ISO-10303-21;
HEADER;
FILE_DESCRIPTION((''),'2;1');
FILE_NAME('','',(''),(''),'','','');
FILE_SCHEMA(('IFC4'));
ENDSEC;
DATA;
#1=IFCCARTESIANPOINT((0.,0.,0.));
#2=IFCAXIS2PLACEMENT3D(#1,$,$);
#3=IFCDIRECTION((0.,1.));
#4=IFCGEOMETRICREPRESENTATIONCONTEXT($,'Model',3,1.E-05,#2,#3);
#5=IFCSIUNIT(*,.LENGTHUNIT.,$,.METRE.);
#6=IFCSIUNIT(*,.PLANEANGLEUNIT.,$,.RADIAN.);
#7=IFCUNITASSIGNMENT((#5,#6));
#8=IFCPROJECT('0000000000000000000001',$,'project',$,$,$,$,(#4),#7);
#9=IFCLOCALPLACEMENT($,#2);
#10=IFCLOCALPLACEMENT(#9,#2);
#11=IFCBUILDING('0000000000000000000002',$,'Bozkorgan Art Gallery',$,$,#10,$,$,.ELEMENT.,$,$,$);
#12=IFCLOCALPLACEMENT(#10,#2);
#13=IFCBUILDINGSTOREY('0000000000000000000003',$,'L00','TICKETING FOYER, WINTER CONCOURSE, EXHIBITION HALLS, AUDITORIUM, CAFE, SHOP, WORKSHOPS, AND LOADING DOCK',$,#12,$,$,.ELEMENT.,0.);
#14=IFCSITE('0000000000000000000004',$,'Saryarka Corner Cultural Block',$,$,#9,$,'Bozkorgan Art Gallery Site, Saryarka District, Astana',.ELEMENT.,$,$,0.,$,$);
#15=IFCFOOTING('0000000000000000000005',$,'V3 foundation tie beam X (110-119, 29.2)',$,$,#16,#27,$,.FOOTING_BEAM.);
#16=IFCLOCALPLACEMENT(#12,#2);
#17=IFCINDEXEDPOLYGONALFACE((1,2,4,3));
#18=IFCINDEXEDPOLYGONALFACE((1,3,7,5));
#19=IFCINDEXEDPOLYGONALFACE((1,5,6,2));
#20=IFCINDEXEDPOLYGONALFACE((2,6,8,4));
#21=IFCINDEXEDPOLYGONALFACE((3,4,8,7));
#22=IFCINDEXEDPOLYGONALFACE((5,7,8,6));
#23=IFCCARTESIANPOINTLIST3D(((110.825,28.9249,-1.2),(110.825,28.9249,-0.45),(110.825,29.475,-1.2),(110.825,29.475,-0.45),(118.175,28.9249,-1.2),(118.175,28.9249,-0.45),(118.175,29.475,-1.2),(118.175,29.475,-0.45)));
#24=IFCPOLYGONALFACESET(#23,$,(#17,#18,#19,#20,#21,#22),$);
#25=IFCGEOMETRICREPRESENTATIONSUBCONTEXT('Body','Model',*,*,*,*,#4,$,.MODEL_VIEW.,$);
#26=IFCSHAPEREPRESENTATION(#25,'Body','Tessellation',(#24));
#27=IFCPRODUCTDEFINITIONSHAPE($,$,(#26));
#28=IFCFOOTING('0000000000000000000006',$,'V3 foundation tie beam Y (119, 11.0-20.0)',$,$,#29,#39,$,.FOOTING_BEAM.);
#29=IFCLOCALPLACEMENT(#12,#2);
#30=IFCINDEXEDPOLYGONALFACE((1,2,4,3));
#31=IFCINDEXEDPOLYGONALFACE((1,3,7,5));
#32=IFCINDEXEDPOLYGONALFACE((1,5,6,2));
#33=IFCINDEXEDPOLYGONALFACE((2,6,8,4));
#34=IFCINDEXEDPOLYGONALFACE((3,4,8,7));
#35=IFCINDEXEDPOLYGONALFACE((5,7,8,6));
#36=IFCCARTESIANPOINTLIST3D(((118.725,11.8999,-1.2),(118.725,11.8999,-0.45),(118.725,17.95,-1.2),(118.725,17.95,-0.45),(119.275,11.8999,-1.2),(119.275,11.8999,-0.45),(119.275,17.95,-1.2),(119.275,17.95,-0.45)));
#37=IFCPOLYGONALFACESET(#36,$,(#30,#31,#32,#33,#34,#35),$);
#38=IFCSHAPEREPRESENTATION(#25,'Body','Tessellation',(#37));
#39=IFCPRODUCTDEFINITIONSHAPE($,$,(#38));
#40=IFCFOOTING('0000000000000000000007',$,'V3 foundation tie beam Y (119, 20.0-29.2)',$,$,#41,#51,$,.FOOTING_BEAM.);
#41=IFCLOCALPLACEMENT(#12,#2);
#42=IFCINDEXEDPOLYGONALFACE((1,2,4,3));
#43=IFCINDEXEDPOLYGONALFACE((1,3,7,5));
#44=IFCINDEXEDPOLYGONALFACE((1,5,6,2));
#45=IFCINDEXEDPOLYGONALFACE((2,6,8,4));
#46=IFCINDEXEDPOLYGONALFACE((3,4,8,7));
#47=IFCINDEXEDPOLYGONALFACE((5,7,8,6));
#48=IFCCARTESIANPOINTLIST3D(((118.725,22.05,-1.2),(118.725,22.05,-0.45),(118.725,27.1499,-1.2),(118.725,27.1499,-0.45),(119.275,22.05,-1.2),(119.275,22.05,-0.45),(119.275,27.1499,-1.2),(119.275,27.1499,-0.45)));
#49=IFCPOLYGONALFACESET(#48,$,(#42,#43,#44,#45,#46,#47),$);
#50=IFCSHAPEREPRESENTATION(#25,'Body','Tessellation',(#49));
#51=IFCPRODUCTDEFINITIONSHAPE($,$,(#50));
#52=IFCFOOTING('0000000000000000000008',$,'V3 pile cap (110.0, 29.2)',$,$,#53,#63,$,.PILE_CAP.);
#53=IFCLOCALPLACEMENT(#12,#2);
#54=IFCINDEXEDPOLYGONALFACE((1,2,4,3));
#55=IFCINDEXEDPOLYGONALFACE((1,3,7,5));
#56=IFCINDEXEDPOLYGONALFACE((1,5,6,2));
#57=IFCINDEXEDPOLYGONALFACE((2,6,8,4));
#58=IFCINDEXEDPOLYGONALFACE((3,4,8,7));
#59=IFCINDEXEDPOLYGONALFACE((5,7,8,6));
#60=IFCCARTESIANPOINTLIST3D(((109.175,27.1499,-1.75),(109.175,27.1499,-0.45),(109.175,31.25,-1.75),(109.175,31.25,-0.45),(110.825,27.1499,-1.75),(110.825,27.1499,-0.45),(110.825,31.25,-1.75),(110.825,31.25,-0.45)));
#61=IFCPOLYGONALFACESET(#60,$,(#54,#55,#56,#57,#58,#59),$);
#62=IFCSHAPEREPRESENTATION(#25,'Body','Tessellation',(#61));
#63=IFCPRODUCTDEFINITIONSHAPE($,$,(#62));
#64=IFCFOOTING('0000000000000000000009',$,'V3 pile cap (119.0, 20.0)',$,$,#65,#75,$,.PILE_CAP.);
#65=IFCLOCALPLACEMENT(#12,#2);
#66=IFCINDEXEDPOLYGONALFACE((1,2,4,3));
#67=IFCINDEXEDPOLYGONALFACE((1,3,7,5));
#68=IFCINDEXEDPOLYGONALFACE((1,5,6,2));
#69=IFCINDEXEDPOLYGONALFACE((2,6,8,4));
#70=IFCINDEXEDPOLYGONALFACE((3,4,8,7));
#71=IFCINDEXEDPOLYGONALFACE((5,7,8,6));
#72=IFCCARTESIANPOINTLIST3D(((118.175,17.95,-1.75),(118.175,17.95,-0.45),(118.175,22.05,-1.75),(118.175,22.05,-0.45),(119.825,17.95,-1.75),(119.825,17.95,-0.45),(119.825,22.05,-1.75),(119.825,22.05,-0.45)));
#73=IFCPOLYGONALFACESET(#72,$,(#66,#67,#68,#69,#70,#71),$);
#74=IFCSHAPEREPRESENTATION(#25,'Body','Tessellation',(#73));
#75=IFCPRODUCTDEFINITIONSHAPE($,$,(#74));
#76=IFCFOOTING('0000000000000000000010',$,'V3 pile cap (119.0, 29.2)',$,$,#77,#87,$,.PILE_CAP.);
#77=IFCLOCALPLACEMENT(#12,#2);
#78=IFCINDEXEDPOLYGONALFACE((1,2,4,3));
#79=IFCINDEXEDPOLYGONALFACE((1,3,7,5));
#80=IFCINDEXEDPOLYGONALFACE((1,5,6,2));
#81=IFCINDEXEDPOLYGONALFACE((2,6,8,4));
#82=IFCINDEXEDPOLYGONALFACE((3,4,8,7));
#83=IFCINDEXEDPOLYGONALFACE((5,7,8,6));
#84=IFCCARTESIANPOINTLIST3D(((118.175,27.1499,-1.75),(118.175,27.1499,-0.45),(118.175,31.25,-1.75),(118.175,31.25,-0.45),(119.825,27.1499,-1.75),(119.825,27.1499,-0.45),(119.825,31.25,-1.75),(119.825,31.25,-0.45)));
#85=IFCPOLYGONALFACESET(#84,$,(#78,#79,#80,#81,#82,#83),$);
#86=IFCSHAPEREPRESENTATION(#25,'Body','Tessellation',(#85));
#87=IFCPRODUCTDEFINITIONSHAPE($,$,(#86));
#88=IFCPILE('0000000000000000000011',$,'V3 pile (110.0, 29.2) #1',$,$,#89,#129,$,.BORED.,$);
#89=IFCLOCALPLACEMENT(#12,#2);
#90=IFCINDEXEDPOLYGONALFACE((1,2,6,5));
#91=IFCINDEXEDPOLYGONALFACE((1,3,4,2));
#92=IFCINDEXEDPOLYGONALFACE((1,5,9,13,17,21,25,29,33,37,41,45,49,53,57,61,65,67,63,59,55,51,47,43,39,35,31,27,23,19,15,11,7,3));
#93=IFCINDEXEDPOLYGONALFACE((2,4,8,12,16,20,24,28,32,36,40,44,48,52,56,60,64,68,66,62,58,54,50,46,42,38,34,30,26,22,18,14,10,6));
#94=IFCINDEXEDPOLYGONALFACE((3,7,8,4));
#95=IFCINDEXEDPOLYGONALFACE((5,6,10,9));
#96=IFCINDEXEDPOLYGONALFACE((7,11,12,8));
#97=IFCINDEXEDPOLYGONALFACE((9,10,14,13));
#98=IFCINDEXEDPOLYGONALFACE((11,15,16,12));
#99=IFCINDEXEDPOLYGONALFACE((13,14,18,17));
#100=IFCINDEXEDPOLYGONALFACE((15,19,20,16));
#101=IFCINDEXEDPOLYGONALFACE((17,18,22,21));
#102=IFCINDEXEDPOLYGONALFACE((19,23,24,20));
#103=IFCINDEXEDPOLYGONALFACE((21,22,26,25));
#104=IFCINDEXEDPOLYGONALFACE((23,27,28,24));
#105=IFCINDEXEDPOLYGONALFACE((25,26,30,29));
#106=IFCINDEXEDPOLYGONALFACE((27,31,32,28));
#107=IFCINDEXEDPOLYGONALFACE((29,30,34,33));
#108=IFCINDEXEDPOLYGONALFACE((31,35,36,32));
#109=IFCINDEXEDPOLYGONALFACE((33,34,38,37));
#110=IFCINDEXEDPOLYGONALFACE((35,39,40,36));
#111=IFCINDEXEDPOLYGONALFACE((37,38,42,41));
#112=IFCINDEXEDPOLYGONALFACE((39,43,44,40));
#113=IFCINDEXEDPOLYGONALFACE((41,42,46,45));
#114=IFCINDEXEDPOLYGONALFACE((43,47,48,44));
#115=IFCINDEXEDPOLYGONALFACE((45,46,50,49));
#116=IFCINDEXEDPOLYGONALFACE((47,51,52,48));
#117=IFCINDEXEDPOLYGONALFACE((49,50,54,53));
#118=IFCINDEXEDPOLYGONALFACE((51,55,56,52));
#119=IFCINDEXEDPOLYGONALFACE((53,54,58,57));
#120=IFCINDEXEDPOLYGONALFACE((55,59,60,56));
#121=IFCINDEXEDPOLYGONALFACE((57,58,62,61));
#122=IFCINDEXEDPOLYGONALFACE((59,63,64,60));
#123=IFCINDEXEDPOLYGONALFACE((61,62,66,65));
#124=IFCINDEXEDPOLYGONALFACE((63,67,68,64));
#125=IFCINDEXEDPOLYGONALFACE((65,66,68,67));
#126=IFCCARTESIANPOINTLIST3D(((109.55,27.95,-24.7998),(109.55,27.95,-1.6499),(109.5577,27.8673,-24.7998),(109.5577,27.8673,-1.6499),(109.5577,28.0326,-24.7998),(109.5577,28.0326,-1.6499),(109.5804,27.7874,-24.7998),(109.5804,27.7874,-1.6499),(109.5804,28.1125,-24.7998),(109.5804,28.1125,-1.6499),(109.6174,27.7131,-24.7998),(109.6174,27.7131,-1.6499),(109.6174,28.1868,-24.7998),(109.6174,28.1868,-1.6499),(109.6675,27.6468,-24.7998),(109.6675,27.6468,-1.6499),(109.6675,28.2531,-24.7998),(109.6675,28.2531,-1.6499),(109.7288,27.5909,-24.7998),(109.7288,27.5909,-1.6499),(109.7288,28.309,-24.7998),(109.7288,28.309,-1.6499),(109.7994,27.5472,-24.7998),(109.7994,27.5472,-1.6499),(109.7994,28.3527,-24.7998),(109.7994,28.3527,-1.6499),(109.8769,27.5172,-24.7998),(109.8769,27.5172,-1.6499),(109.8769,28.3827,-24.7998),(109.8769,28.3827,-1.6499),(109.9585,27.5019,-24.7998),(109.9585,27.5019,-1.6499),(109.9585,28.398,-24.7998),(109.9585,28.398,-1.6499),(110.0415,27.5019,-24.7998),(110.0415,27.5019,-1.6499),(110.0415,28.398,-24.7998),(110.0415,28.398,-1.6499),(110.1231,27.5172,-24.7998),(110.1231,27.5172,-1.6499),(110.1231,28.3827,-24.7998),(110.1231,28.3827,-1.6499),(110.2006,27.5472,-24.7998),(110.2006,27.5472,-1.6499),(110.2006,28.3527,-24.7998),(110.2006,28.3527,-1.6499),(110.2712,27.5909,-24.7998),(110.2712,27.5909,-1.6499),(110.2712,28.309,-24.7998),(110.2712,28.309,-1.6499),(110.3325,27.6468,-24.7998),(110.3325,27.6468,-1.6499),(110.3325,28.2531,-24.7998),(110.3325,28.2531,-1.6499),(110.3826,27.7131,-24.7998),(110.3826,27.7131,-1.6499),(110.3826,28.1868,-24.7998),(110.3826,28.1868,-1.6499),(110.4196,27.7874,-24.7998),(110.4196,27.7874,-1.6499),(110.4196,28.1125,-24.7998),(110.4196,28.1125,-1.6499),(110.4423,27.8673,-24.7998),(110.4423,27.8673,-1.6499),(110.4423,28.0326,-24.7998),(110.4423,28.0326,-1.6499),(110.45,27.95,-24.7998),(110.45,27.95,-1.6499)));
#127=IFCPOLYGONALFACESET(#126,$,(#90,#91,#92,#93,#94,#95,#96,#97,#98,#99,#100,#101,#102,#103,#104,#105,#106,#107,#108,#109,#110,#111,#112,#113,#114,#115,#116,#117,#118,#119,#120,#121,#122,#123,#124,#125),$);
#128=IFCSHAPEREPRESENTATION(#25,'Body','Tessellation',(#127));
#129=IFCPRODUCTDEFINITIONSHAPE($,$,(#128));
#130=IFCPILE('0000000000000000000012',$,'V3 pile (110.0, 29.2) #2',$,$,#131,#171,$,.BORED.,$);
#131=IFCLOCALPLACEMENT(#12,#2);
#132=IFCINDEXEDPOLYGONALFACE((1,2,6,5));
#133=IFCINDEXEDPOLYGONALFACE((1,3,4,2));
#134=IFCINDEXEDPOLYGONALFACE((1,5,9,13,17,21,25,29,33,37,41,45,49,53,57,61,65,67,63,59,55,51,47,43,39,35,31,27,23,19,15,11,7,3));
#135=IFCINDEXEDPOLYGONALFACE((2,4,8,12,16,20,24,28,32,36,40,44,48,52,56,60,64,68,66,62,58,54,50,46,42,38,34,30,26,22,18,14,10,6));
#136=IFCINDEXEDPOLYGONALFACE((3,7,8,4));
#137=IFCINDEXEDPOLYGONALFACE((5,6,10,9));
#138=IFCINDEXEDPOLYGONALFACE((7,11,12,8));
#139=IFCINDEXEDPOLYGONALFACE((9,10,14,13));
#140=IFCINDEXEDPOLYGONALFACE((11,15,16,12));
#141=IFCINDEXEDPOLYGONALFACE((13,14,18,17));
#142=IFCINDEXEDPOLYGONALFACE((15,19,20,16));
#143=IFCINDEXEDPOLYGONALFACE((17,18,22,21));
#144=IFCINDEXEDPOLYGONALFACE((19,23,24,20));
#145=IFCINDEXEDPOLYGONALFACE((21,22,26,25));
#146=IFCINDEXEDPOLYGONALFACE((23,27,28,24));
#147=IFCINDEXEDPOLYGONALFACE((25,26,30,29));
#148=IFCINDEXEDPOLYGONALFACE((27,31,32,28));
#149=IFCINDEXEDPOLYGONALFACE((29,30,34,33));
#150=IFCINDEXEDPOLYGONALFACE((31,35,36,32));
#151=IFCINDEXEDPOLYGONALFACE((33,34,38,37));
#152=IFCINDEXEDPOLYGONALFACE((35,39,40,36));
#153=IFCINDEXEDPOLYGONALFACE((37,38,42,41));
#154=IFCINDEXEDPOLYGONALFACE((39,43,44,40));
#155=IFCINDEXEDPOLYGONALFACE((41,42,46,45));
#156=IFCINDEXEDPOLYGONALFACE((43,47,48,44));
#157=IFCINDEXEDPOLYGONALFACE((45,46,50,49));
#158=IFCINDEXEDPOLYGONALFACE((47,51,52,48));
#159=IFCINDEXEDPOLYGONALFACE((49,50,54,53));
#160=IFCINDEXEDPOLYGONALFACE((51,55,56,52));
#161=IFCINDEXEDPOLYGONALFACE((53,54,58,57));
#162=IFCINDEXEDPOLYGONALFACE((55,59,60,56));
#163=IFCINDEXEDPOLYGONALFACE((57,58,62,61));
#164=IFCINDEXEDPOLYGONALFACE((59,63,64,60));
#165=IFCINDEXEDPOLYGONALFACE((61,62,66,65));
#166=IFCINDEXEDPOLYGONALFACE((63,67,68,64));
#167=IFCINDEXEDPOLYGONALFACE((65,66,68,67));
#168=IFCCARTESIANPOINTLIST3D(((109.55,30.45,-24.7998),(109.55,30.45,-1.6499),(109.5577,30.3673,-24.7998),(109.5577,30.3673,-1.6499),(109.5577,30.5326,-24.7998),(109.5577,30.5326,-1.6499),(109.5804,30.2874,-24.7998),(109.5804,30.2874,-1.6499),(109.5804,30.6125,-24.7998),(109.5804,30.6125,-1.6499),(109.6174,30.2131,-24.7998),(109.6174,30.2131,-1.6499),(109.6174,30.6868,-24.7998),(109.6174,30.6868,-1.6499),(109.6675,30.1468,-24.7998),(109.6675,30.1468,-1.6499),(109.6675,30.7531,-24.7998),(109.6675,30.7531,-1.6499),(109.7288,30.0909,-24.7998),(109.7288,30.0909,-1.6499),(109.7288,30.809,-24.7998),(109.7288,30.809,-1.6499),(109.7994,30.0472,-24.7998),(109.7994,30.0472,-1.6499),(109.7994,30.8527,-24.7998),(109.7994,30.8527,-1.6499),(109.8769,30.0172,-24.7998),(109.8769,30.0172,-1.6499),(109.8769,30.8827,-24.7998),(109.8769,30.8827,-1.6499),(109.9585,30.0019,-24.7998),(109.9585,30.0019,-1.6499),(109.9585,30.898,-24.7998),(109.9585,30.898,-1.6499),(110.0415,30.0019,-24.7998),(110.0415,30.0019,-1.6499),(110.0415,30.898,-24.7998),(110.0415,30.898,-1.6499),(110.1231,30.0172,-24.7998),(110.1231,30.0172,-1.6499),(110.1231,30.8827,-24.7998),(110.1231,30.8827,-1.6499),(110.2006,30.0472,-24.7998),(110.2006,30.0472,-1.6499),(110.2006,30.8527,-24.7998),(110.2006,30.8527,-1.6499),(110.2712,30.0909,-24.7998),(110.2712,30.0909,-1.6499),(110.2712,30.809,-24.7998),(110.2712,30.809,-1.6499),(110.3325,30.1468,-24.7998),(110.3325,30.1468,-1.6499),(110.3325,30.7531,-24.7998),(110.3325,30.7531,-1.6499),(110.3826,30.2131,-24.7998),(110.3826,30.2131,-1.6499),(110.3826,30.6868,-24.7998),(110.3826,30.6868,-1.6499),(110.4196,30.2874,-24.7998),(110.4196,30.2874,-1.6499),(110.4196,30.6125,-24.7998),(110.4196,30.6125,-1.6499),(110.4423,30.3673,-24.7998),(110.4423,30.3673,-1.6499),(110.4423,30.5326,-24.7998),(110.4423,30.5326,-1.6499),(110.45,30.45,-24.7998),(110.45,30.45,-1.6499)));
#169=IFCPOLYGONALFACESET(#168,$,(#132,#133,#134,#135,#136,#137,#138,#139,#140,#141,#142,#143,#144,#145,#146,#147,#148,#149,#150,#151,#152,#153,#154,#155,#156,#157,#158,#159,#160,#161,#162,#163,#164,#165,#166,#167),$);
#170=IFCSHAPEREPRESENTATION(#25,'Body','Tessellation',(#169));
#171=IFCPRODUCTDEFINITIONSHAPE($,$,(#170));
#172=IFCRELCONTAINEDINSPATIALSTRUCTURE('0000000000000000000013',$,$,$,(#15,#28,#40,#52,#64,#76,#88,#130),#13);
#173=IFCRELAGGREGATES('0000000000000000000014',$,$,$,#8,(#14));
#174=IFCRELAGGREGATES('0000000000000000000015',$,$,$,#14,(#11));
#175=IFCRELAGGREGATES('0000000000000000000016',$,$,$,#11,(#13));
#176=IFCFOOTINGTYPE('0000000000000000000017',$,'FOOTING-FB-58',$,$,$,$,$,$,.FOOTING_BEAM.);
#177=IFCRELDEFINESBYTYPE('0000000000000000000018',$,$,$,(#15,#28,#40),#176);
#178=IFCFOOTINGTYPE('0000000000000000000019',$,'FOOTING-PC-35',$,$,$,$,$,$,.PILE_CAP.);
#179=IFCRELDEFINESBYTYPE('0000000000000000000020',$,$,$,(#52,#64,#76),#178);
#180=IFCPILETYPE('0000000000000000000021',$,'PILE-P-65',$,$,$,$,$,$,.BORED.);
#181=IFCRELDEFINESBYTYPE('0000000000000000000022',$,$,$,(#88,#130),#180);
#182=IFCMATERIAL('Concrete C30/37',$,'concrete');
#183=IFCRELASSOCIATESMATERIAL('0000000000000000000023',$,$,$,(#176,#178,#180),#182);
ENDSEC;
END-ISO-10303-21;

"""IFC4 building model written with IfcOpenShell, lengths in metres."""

from ifc_helpers import new_model, si_unit, direction, frame, origin, origin_2d, place, context, subcontext, project, spatial, rectangle, circle, extrude, material, material_profile, profile_set, type_object, element, save


model = new_model("IFC4")

# Units and contexts
model_context = context("Model", 3, precision=1e-05, world=origin(), true_north=direction((0.0, 1.0)))
body_context = subcontext(model_context, "Body", "Model", "MODEL_VIEW")
ifc_project = project(units=[si_unit("LENGTHUNIT", "METRE"), si_unit("PLANEANGLEUNIT", "RADIAN")], contexts=[model_context])

# Site, building, storey
site_placement = place(None, origin())
site = spatial("IfcSite", under=ifc_project, at=site_placement, Name="Saryarka Corner Cultural Block", LongName="Bozkorgan Art Gallery Site, Saryarka District, Astana", CompositionType="ELEMENT", RefElevation=0.0)
building_placement = place(site_placement, origin())
building = spatial("IfcBuilding", under=site, at=building_placement, Name="Bozkorgan Art Gallery", CompositionType="ELEMENT")
storey_placement = place(building_placement, origin())
storey = spatial("IfcBuildingStorey", under=building, at=storey_placement, Name="L00", Description="TICKETING FOYER, WINTER CONCOURSE, EXHIBITION HALLS, AUDITORIUM, CAFE, SHOP, WORKSHOPS, AND LOADING DOCK", CompositionType="ELEMENT", Elevation=0.0)

# Footings
ifc_material_1 = material(Name="Concrete C30/37", Category="concrete")
ifc_material_profile_1 = material_profile(ifc_material_1, rectangle(XDim=0.55, YDim=0.75, at=origin_2d()), Name="FND 550x750")
ifc_profile_set_1 = profile_set([ifc_material_profile_1], Name="Concrete C30/37")
footing_type_1 = type_object("IfcFootingType", Name="FOOTING-FB-58", PredefinedType="FOOTING_BEAM", material=ifc_profile_set_1)
footing_1_placement = place(storey_placement, frame((110.825, 29.2, -0.825), z_axis=(1.0, 0.0, 0.0), x_axis=(0.0, 1.0, 0.0)))
element("IfcFooting", 1, at=footing_1_placement, inside=storey, type_object=footing_type_1, Name="V3 foundation tie beam X (110-119, 29.2)", PredefinedType="FOOTING_BEAM", context=body_context, shape_type="SweptSolid", body=[
    extrude(rectangle(XDim=0.55, YDim=0.75, at=origin_2d()), origin(), (0.0, 0.0, 1.0), 7.3501),
])
footing_2_placement = place(storey_placement, frame((119.0, 11.8999, -0.825), z_axis=(0.0, 1.0, 0.0), x_axis=(-1.0, 0.0, 0.0)))
element("IfcFooting", 2, at=footing_2_placement, inside=storey, type_object=footing_type_1, Name="V3 foundation tie beam Y (119, 11.0-20.0)", PredefinedType="FOOTING_BEAM", context=body_context, shape_type="SweptSolid", body=[
    extrude(rectangle(XDim=0.55, YDim=0.75, at=origin_2d()), origin(), (0.0, 0.0, 1.0), 6.05),
])
footing_3_placement = place(storey_placement, frame((119.0, 22.05, -0.825), z_axis=(0.0, 1.0, 0.0), x_axis=(-1.0, 0.0, 0.0)))
element("IfcFooting", 3, at=footing_3_placement, inside=storey, type_object=footing_type_1, Name="V3 foundation tie beam Y (119, 20.0-29.2)", PredefinedType="FOOTING_BEAM", context=body_context, shape_type="SweptSolid", body=[
    extrude(rectangle(XDim=0.55, YDim=0.75, at=origin_2d()), origin(), (0.0, 0.0, 1.0), 5.0999),
])
footing_type_2 = type_object("IfcFootingType", Name="FOOTING-PC-35", PredefinedType="PILE_CAP", material=ifc_material_1)
for number, where, z_axis, x_axis, name in (
    (4, (110.0, 29.2, -1.75), (0.0, 0.0, 1.0), (1.0, 0.0, 0.0), "V3 pile cap (110.0, 29.2)"),
    (5, (119.0, 20.0, -1.75), (0.0, 0.0, 1.0), (1.0, 0.0, 0.0), "V3 pile cap (119.0, 20.0)"),
    (6, (119.0, 29.2, -1.75), (0.0, 0.0, 1.0), (1.0, 0.0, 0.0), "V3 pile cap (119.0, 29.2)"),
):
    element("IfcFooting", number, at=place(storey_placement, frame(where, z_axis=z_axis, x_axis=x_axis)), inside=storey, type_object=footing_type_2, Name=name, PredefinedType="PILE_CAP", context=body_context, shape_type="SweptSolid", body=[
        extrude(rectangle(XDim=1.6499, YDim=4.1001, at=origin_2d()), origin(), (0.0, 0.0, 1.0), 1.3),
    ])

# Piles
ifc_material_profile_2 = material_profile(ifc_material_1, circle(Radius=0.45, at=origin_2d()), Name="PILE D900")
ifc_profile_set_2 = profile_set([ifc_material_profile_2], Name="Concrete C30/37")
pile_type = type_object("IfcPileType", Name="PILE-P-65", PredefinedType="BORED", material=ifc_profile_set_2)
for number, where, z_axis, x_axis, name in (
    (7, (110.0, 27.95, -1.6499), (0.0, 0.0, -1.0), (1.0, 0.0, 0.0), "V3 pile (110.0, 29.2) #1"),
    (8, (110.0, 30.45, -1.6499), (0.0, 0.0, -1.0), (1.0, 0.0, 0.0), "V3 pile (110.0, 29.2) #2"),
):
    element("IfcPile", number, at=place(storey_placement, frame(where, z_axis=z_axis, x_axis=x_axis)), inside=storey, type_object=pile_type, Name=name, PredefinedType="BORED", context=body_context, shape_type="SweptSolid", body=[
        extrude(circle(Radius=0.45, at=origin_2d()), origin(), (0.0, 0.0, 1.0), 23.1499),
    ])

save(model, "model.ifc")
